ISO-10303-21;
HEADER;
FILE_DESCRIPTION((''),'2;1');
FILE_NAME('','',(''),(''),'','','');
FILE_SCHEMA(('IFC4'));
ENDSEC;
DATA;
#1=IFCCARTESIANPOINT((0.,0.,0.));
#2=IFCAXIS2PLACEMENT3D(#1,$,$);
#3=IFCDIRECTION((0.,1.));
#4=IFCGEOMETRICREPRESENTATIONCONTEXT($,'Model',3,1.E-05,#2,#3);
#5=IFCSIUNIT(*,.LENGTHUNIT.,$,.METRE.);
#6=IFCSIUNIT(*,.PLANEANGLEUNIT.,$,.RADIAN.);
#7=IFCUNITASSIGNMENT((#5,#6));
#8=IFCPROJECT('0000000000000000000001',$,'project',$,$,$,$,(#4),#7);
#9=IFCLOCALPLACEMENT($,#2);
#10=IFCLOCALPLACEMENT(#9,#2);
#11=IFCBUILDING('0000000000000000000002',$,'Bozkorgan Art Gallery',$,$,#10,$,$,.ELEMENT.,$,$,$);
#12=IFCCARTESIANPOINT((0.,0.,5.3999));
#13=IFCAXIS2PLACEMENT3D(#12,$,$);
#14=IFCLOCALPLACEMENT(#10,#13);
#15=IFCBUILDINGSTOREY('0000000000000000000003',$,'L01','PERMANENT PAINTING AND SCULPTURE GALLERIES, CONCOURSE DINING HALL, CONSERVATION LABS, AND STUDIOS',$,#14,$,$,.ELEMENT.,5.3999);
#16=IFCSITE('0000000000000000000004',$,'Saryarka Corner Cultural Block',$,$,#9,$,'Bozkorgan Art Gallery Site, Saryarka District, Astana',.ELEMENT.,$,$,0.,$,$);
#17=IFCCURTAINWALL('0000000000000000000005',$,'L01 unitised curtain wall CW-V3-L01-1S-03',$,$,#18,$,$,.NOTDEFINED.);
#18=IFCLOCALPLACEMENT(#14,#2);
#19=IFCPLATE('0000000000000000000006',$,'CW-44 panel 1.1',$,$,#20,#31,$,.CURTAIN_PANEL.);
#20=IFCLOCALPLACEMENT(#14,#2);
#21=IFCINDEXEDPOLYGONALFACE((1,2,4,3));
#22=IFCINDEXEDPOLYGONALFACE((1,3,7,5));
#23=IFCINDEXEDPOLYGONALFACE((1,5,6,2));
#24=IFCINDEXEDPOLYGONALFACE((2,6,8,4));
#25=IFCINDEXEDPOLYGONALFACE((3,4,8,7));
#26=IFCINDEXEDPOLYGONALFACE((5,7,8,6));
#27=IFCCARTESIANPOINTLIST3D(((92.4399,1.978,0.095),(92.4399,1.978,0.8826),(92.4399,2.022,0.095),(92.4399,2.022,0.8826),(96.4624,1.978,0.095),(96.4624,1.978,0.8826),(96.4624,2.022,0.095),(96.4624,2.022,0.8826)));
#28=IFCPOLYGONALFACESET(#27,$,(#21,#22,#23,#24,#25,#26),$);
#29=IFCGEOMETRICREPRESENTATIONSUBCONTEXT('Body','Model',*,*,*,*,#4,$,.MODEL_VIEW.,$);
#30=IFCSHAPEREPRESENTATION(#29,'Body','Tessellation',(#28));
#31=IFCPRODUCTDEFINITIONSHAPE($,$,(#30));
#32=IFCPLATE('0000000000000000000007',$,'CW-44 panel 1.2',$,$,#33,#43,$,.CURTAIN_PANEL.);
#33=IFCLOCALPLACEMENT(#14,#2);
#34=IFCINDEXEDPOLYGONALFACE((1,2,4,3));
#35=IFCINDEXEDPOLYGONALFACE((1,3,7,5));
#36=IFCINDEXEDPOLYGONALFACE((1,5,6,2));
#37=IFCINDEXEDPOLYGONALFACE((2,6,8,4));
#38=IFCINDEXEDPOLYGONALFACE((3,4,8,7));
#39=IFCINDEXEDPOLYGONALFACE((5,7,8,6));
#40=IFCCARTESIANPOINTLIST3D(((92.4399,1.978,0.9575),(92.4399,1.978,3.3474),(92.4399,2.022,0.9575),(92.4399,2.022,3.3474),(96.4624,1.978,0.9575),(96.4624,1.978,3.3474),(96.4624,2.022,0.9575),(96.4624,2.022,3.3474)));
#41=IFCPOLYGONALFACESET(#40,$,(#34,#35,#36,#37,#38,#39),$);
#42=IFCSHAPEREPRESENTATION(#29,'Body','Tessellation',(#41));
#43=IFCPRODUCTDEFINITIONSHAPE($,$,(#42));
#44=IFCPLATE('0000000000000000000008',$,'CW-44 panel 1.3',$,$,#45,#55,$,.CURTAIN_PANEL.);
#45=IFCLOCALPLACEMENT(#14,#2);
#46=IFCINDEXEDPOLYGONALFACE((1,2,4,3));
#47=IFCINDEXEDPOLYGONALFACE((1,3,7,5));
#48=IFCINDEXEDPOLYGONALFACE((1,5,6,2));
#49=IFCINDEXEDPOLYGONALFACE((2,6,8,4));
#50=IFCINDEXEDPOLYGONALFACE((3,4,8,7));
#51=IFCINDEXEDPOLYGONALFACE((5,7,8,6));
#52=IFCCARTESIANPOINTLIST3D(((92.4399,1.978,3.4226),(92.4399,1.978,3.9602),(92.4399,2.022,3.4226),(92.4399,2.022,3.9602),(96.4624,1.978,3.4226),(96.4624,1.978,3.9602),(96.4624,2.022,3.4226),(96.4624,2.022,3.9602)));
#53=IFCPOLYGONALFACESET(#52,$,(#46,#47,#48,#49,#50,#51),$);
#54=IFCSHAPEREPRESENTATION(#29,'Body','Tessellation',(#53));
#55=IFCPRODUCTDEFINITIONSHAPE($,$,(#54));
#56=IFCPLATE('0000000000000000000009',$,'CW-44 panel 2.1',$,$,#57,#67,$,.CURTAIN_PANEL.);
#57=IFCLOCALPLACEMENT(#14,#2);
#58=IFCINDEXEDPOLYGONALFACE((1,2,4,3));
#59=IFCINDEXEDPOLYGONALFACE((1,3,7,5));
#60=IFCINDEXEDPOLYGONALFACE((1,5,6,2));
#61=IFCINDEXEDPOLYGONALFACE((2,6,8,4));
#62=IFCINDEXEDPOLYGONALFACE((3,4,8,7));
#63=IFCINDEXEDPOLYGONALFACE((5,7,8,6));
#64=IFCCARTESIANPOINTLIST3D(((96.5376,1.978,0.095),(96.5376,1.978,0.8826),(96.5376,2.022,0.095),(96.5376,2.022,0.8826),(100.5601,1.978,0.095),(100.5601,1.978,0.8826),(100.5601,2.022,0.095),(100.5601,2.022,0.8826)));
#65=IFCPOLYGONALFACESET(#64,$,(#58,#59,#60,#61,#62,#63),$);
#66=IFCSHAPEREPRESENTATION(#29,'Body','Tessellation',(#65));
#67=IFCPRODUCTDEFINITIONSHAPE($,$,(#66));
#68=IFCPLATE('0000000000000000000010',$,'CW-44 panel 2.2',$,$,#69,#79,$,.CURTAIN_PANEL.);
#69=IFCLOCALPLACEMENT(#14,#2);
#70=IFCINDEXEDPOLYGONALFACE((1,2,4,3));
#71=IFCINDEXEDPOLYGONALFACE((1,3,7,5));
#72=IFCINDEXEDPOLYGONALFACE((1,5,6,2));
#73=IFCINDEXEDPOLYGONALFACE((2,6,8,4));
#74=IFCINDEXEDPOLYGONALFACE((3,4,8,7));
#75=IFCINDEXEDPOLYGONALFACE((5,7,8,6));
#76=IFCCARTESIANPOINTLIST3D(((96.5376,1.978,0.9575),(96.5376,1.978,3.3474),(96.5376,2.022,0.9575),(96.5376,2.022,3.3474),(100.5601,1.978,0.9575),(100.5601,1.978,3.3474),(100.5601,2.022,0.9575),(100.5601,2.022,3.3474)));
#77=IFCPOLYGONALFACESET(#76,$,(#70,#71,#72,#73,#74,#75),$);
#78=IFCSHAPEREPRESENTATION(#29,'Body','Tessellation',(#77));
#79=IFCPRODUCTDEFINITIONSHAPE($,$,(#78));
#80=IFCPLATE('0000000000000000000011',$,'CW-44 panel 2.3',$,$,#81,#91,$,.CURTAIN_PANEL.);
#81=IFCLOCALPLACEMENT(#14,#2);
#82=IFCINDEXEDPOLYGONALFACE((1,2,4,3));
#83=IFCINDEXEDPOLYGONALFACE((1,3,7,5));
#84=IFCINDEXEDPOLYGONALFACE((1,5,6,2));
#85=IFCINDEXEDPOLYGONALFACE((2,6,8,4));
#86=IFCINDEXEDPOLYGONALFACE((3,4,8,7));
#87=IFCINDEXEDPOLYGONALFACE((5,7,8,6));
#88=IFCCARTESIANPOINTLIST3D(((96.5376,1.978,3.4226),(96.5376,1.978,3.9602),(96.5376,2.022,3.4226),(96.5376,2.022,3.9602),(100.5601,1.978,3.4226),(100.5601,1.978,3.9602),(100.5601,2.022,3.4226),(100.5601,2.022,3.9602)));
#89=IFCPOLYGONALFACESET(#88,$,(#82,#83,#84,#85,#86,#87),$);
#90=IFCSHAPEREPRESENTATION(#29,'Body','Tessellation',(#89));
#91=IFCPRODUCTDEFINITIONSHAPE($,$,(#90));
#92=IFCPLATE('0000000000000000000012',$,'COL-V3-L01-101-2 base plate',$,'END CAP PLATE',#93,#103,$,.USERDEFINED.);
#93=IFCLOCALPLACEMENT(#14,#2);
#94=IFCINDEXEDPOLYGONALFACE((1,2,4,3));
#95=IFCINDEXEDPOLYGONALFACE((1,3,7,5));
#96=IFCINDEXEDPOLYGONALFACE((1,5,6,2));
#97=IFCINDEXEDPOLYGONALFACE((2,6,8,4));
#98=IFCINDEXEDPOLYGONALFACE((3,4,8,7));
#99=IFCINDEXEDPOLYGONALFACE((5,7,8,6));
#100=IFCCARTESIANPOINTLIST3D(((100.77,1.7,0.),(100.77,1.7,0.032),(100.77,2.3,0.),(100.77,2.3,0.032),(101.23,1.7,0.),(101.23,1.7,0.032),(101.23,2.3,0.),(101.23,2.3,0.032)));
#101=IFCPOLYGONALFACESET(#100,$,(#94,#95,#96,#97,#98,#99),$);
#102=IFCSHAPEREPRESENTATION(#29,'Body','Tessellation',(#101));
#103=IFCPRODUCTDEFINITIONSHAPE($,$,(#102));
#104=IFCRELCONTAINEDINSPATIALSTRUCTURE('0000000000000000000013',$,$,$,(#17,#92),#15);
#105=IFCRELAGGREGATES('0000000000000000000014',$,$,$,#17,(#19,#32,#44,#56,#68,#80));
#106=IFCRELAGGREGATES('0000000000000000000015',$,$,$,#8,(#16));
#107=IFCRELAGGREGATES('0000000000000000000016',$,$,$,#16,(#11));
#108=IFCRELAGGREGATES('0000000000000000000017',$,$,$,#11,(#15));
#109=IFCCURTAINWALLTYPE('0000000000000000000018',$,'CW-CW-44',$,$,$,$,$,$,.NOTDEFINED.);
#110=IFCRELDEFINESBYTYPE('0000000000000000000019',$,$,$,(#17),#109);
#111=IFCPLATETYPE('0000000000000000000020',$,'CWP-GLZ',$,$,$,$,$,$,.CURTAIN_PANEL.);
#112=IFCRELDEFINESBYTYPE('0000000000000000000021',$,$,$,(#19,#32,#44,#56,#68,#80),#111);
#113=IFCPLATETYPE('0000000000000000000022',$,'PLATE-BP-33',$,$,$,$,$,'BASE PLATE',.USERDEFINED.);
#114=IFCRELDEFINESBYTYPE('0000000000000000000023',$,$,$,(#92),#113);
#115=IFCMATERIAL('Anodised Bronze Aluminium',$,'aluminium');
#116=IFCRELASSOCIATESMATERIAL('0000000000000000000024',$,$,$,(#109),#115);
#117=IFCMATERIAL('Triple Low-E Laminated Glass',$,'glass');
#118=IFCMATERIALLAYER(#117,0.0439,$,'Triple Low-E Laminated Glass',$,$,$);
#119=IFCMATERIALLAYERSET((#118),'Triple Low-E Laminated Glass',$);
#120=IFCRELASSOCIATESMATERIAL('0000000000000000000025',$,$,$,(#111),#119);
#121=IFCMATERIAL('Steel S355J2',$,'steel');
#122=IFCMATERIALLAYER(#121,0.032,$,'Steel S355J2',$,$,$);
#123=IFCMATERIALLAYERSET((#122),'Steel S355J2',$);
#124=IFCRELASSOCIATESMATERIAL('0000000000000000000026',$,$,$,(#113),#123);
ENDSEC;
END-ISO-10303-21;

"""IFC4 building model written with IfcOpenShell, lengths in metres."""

from ifc_helpers import new_model, si_unit, direction, frame, origin, origin_2d, place, context, subcontext, project, spatial, rectangle, extrude, material, layer, layer_set, type_object, element, aggregate, save


model = new_model("IFC4")

# Units and contexts
model_context = context("Model", 3, precision=1e-05, world=origin(), true_north=direction((0.0, 1.0)))
body_context = subcontext(model_context, "Body", "Model", "MODEL_VIEW")
ifc_project = project(units=[si_unit("LENGTHUNIT", "METRE"), si_unit("PLANEANGLEUNIT", "RADIAN")], contexts=[model_context])

# Site, building, storey
site_placement = place(None, origin())
site = spatial("IfcSite", under=ifc_project, at=site_placement, Name="Saryarka Corner Cultural Block", LongName="Bozkorgan Art Gallery Site, Saryarka District, Astana", CompositionType="ELEMENT", RefElevation=0.0)
building_placement = place(site_placement, origin())
building = spatial("IfcBuilding", under=site, at=building_placement, Name="Bozkorgan Art Gallery", CompositionType="ELEMENT")
storey_placement = place(building_placement, frame((0.0, 0.0, 5.3999)))
storey = spatial("IfcBuildingStorey", under=building, at=storey_placement, Name="L01", Description="PERMANENT PAINTING AND SCULPTURE GALLERIES, CONCOURSE DINING HALL, CONSERVATION LABS, AND STUDIOS", CompositionType="ELEMENT", Elevation=5.3999)

# Shared definitions
ifc_material_1 = material(Name="Steel S355J2", Category="steel")

# Curtain wall, plates
ifc_material_2 = material(Name="Anodised Bronze Aluminium", Category="aluminium")
curtain_wall_type = type_object("IfcCurtainWallType", Name="CW-CW-44", PredefinedType="NOTDEFINED", material=ifc_material_2)
curtain_wall_placement = place(storey_placement, origin())
curtain_wall = element("IfcCurtainWall", 1, at=curtain_wall_placement, inside=storey, type_object=curtain_wall_type, Name="L01 unitised curtain wall CW-V3-L01-1S-03", PredefinedType="NOTDEFINED")
ifc_material_3 = material(Name="Triple Low-E Laminated Glass", Category="glass")
ifc_layer_1 = layer(ifc_material_3, 0.0439, Name="Triple Low-E Laminated Glass")
ifc_layer_set_1 = layer_set([ifc_layer_1], Name="Triple Low-E Laminated Glass")
plate_type_1 = type_object("IfcPlateType", Name="CWP-GLZ", PredefinedType="CURTAIN_PANEL", material=ifc_layer_set_1)
plate_1_placement = place(storey_placement, frame((94.4512, 2.0, 0.095), z_axis=(0.0, 0.0, 1.0), x_axis=(1.0, 0.0, 0.0)))
plate_1 = element("IfcPlate", 2, at=plate_1_placement, type_object=plate_type_1, Name="CW-44 panel 1.1", PredefinedType="CURTAIN_PANEL", context=body_context, shape_type="SweptSolid", body=[
    extrude(rectangle(XDim=4.0225, YDim=0.0439, at=origin_2d()), origin(), (0.0, 0.0, 1.0), 0.7876),
])
plate_2_placement = place(storey_placement, frame((94.4512, 2.0, 0.9575), z_axis=(0.0, 0.0, 1.0), x_axis=(1.0, 0.0, 0.0)))
plate_2 = element("IfcPlate", 3, at=plate_2_placement, type_object=plate_type_1, Name="CW-44 panel 1.2", PredefinedType="CURTAIN_PANEL", context=body_context, shape_type="SweptSolid", body=[
    extrude(rectangle(XDim=4.0225, YDim=0.0439, at=origin_2d()), origin(), (0.0, 0.0, 1.0), 2.3899),
])
plate_3_placement = place(storey_placement, frame((94.4512, 2.0, 3.4226), z_axis=(0.0, 0.0, 1.0), x_axis=(1.0, 0.0, 0.0)))
plate_3 = element("IfcPlate", 4, at=plate_3_placement, type_object=plate_type_1, Name="CW-44 panel 1.3", PredefinedType="CURTAIN_PANEL", context=body_context, shape_type="SweptSolid", body=[
    extrude(rectangle(XDim=4.0225, YDim=0.0439, at=origin_2d()), origin(), (0.0, 0.0, 1.0), 0.5376),
])
plate_4_placement = place(storey_placement, frame((98.5488, 2.0, 0.095), z_axis=(0.0, 0.0, 1.0), x_axis=(1.0, 0.0, 0.0)))
plate_4 = element("IfcPlate", 5, at=plate_4_placement, type_object=plate_type_1, Name="CW-44 panel 2.1", PredefinedType="CURTAIN_PANEL", context=body_context, shape_type="SweptSolid", body=[
    extrude(rectangle(XDim=4.0225, YDim=0.0439, at=origin_2d()), origin(), (0.0, 0.0, 1.0), 0.7876),
])
plate_5_placement = place(storey_placement, frame((98.5488, 2.0, 0.9575), z_axis=(0.0, 0.0, 1.0), x_axis=(1.0, 0.0, 0.0)))
plate_5 = element("IfcPlate", 6, at=plate_5_placement, type_object=plate_type_1, Name="CW-44 panel 2.2", PredefinedType="CURTAIN_PANEL", context=body_context, shape_type="SweptSolid", body=[
    extrude(rectangle(XDim=4.0225, YDim=0.0439, at=origin_2d()), origin(), (0.0, 0.0, 1.0), 2.3899),
])
plate_6_placement = place(storey_placement, frame((98.5488, 2.0, 3.4226), z_axis=(0.0, 0.0, 1.0), x_axis=(1.0, 0.0, 0.0)))
plate_6 = element("IfcPlate", 7, at=plate_6_placement, type_object=plate_type_1, Name="CW-44 panel 2.3", PredefinedType="CURTAIN_PANEL", context=body_context, shape_type="SweptSolid", body=[
    extrude(rectangle(XDim=4.0225, YDim=0.0439, at=origin_2d()), origin(), (0.0, 0.0, 1.0), 0.5376),
])
aggregate(curtain_wall, [plate_1, plate_2, plate_3, plate_4, plate_5, plate_6])

# Plate
ifc_layer_2 = layer(ifc_material_1, 0.032, Name="Steel S355J2")
ifc_layer_set_2 = layer_set([ifc_layer_2], Name="Steel S355J2")
plate_type_2 = type_object("IfcPlateType", Name="PLATE-BP-33", ElementType="BASE PLATE", PredefinedType="USERDEFINED", material=ifc_layer_set_2)
plate_7_placement = place(storey_placement, frame((101.0, 2.0, 0.0), z_axis=(0.0, 0.0, 1.0), x_axis=(1.0, 0.0, 0.0)))
element("IfcPlate", 8, at=plate_7_placement, inside=storey, type_object=plate_type_2, Name="COL-V3-L01-101-2 base plate", ObjectType="END CAP PLATE", PredefinedType="USERDEFINED", context=body_context, shape_type="SweptSolid", body=[
    extrude(rectangle(XDim=0.46, YDim=0.6001, at=origin_2d()), origin(), (0.0, 0.0, 1.0), 0.032),
])

save(model, "model.ifc")
